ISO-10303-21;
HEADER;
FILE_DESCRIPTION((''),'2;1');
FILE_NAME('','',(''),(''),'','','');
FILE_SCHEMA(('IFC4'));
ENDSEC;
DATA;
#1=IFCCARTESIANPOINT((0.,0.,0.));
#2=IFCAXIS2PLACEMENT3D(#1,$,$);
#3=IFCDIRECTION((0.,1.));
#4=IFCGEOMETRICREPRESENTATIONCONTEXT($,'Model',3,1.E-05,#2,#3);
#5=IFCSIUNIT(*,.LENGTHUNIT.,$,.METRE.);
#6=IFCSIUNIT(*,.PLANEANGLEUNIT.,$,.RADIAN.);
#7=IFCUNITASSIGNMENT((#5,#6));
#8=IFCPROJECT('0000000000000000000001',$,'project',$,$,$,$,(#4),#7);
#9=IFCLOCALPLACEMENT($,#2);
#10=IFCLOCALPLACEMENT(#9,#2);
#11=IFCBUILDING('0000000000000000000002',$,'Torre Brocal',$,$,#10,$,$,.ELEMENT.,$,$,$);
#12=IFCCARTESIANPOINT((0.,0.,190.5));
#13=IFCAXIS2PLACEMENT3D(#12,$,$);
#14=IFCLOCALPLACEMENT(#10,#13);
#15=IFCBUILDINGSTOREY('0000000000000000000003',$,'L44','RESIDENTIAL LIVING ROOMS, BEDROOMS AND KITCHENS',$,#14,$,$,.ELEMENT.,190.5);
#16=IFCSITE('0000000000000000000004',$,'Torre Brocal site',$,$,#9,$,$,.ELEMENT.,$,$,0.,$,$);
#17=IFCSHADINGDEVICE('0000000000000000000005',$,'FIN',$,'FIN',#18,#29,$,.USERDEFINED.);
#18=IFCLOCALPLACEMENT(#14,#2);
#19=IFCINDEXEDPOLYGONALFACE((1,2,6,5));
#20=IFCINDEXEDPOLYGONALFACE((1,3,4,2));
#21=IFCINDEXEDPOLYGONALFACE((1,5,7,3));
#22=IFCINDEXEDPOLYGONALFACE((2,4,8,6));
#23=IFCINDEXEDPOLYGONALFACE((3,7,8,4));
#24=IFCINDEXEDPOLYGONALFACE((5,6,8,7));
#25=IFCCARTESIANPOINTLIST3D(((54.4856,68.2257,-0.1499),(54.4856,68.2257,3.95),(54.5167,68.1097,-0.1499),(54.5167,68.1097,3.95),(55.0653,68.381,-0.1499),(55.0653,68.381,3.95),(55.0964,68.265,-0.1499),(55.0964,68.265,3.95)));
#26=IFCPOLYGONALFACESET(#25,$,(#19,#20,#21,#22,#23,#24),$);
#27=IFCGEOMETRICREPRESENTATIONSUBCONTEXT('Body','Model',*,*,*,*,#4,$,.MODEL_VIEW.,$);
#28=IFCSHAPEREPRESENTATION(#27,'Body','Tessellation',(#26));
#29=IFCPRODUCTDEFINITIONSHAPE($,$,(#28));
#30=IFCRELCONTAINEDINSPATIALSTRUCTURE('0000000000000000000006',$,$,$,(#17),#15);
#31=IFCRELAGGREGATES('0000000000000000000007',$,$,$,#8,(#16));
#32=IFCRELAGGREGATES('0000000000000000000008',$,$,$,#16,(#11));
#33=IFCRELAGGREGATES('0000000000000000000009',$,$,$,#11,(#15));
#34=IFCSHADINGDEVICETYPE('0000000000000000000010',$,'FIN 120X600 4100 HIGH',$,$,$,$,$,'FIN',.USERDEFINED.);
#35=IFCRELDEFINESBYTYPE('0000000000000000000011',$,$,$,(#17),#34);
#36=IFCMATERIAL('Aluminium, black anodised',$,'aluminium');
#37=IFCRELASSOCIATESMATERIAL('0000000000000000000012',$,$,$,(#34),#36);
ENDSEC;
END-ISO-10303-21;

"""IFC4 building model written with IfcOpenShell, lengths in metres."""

from ifc_helpers import new_model, si_unit, direction, frame, origin, origin_2d, place, context, subcontext, project, spatial, rectangle, extrude, material, material_profile, profile_set, type_object, element, save


model = new_model("IFC4")

# Units and contexts
model_context = context("Model", 3, precision=1e-05, world=origin(), true_north=direction((0.0, 1.0)))
body_context = subcontext(model_context, "Body", "Model", "MODEL_VIEW")
ifc_project = project(units=[si_unit("LENGTHUNIT", "METRE"), si_unit("PLANEANGLEUNIT", "RADIAN")], contexts=[model_context])

# Site, building, storey
site_placement = place(None, origin())
site = spatial("IfcSite", under=ifc_project, at=site_placement, Name="Torre Brocal site", CompositionType="ELEMENT", RefElevation=0.0)
building_placement = place(site_placement, origin())
building = spatial("IfcBuilding", under=site, at=building_placement, Name="Torre Brocal", CompositionType="ELEMENT")
storey_placement = place(building_placement, frame((0.0, 0.0, 190.5)))
storey = spatial("IfcBuildingStorey", under=building, at=storey_placement, Name="L44", Description="RESIDENTIAL LIVING ROOMS, BEDROOMS AND KITCHENS", CompositionType="ELEMENT", Elevation=190.5)

# Shading device
ifc_material_1 = material(Name="Aluminium, black anodised", Category="aluminium")
ifc_material_profile_1 = material_profile(ifc_material_1, rectangle(XDim=0.1201, YDim=0.6001, at=origin_2d()), Name="FIN 120X600 4100 HIGH")
ifc_profile_set_1 = profile_set([ifc_material_profile_1], Name="Aluminium, black anodised")
shading_device_type = type_object("IfcShadingDeviceType", Name="FIN 120X600 4100 HIGH", ElementType="FIN", PredefinedType="USERDEFINED", material=ifc_profile_set_1)
shading_device_placement = place(storey_placement, frame((54.791, 68.2454, -0.1499), z_axis=(0.0, 0.0, 1.0), x_axis=(0.258819, -0.965926, 0.0)))
element("IfcShadingDevice", 1, at=shading_device_placement, inside=storey, type_object=shading_device_type, Name="FIN", ObjectType="FIN", PredefinedType="USERDEFINED", context=body_context, shape_type="SweptSolid", body=[
    extrude(rectangle(XDim=0.1201, YDim=0.6001, at=origin_2d()), origin(), (0.0, 0.0, 1.0), 4.0999),
])

save(model, "model.ifc")
